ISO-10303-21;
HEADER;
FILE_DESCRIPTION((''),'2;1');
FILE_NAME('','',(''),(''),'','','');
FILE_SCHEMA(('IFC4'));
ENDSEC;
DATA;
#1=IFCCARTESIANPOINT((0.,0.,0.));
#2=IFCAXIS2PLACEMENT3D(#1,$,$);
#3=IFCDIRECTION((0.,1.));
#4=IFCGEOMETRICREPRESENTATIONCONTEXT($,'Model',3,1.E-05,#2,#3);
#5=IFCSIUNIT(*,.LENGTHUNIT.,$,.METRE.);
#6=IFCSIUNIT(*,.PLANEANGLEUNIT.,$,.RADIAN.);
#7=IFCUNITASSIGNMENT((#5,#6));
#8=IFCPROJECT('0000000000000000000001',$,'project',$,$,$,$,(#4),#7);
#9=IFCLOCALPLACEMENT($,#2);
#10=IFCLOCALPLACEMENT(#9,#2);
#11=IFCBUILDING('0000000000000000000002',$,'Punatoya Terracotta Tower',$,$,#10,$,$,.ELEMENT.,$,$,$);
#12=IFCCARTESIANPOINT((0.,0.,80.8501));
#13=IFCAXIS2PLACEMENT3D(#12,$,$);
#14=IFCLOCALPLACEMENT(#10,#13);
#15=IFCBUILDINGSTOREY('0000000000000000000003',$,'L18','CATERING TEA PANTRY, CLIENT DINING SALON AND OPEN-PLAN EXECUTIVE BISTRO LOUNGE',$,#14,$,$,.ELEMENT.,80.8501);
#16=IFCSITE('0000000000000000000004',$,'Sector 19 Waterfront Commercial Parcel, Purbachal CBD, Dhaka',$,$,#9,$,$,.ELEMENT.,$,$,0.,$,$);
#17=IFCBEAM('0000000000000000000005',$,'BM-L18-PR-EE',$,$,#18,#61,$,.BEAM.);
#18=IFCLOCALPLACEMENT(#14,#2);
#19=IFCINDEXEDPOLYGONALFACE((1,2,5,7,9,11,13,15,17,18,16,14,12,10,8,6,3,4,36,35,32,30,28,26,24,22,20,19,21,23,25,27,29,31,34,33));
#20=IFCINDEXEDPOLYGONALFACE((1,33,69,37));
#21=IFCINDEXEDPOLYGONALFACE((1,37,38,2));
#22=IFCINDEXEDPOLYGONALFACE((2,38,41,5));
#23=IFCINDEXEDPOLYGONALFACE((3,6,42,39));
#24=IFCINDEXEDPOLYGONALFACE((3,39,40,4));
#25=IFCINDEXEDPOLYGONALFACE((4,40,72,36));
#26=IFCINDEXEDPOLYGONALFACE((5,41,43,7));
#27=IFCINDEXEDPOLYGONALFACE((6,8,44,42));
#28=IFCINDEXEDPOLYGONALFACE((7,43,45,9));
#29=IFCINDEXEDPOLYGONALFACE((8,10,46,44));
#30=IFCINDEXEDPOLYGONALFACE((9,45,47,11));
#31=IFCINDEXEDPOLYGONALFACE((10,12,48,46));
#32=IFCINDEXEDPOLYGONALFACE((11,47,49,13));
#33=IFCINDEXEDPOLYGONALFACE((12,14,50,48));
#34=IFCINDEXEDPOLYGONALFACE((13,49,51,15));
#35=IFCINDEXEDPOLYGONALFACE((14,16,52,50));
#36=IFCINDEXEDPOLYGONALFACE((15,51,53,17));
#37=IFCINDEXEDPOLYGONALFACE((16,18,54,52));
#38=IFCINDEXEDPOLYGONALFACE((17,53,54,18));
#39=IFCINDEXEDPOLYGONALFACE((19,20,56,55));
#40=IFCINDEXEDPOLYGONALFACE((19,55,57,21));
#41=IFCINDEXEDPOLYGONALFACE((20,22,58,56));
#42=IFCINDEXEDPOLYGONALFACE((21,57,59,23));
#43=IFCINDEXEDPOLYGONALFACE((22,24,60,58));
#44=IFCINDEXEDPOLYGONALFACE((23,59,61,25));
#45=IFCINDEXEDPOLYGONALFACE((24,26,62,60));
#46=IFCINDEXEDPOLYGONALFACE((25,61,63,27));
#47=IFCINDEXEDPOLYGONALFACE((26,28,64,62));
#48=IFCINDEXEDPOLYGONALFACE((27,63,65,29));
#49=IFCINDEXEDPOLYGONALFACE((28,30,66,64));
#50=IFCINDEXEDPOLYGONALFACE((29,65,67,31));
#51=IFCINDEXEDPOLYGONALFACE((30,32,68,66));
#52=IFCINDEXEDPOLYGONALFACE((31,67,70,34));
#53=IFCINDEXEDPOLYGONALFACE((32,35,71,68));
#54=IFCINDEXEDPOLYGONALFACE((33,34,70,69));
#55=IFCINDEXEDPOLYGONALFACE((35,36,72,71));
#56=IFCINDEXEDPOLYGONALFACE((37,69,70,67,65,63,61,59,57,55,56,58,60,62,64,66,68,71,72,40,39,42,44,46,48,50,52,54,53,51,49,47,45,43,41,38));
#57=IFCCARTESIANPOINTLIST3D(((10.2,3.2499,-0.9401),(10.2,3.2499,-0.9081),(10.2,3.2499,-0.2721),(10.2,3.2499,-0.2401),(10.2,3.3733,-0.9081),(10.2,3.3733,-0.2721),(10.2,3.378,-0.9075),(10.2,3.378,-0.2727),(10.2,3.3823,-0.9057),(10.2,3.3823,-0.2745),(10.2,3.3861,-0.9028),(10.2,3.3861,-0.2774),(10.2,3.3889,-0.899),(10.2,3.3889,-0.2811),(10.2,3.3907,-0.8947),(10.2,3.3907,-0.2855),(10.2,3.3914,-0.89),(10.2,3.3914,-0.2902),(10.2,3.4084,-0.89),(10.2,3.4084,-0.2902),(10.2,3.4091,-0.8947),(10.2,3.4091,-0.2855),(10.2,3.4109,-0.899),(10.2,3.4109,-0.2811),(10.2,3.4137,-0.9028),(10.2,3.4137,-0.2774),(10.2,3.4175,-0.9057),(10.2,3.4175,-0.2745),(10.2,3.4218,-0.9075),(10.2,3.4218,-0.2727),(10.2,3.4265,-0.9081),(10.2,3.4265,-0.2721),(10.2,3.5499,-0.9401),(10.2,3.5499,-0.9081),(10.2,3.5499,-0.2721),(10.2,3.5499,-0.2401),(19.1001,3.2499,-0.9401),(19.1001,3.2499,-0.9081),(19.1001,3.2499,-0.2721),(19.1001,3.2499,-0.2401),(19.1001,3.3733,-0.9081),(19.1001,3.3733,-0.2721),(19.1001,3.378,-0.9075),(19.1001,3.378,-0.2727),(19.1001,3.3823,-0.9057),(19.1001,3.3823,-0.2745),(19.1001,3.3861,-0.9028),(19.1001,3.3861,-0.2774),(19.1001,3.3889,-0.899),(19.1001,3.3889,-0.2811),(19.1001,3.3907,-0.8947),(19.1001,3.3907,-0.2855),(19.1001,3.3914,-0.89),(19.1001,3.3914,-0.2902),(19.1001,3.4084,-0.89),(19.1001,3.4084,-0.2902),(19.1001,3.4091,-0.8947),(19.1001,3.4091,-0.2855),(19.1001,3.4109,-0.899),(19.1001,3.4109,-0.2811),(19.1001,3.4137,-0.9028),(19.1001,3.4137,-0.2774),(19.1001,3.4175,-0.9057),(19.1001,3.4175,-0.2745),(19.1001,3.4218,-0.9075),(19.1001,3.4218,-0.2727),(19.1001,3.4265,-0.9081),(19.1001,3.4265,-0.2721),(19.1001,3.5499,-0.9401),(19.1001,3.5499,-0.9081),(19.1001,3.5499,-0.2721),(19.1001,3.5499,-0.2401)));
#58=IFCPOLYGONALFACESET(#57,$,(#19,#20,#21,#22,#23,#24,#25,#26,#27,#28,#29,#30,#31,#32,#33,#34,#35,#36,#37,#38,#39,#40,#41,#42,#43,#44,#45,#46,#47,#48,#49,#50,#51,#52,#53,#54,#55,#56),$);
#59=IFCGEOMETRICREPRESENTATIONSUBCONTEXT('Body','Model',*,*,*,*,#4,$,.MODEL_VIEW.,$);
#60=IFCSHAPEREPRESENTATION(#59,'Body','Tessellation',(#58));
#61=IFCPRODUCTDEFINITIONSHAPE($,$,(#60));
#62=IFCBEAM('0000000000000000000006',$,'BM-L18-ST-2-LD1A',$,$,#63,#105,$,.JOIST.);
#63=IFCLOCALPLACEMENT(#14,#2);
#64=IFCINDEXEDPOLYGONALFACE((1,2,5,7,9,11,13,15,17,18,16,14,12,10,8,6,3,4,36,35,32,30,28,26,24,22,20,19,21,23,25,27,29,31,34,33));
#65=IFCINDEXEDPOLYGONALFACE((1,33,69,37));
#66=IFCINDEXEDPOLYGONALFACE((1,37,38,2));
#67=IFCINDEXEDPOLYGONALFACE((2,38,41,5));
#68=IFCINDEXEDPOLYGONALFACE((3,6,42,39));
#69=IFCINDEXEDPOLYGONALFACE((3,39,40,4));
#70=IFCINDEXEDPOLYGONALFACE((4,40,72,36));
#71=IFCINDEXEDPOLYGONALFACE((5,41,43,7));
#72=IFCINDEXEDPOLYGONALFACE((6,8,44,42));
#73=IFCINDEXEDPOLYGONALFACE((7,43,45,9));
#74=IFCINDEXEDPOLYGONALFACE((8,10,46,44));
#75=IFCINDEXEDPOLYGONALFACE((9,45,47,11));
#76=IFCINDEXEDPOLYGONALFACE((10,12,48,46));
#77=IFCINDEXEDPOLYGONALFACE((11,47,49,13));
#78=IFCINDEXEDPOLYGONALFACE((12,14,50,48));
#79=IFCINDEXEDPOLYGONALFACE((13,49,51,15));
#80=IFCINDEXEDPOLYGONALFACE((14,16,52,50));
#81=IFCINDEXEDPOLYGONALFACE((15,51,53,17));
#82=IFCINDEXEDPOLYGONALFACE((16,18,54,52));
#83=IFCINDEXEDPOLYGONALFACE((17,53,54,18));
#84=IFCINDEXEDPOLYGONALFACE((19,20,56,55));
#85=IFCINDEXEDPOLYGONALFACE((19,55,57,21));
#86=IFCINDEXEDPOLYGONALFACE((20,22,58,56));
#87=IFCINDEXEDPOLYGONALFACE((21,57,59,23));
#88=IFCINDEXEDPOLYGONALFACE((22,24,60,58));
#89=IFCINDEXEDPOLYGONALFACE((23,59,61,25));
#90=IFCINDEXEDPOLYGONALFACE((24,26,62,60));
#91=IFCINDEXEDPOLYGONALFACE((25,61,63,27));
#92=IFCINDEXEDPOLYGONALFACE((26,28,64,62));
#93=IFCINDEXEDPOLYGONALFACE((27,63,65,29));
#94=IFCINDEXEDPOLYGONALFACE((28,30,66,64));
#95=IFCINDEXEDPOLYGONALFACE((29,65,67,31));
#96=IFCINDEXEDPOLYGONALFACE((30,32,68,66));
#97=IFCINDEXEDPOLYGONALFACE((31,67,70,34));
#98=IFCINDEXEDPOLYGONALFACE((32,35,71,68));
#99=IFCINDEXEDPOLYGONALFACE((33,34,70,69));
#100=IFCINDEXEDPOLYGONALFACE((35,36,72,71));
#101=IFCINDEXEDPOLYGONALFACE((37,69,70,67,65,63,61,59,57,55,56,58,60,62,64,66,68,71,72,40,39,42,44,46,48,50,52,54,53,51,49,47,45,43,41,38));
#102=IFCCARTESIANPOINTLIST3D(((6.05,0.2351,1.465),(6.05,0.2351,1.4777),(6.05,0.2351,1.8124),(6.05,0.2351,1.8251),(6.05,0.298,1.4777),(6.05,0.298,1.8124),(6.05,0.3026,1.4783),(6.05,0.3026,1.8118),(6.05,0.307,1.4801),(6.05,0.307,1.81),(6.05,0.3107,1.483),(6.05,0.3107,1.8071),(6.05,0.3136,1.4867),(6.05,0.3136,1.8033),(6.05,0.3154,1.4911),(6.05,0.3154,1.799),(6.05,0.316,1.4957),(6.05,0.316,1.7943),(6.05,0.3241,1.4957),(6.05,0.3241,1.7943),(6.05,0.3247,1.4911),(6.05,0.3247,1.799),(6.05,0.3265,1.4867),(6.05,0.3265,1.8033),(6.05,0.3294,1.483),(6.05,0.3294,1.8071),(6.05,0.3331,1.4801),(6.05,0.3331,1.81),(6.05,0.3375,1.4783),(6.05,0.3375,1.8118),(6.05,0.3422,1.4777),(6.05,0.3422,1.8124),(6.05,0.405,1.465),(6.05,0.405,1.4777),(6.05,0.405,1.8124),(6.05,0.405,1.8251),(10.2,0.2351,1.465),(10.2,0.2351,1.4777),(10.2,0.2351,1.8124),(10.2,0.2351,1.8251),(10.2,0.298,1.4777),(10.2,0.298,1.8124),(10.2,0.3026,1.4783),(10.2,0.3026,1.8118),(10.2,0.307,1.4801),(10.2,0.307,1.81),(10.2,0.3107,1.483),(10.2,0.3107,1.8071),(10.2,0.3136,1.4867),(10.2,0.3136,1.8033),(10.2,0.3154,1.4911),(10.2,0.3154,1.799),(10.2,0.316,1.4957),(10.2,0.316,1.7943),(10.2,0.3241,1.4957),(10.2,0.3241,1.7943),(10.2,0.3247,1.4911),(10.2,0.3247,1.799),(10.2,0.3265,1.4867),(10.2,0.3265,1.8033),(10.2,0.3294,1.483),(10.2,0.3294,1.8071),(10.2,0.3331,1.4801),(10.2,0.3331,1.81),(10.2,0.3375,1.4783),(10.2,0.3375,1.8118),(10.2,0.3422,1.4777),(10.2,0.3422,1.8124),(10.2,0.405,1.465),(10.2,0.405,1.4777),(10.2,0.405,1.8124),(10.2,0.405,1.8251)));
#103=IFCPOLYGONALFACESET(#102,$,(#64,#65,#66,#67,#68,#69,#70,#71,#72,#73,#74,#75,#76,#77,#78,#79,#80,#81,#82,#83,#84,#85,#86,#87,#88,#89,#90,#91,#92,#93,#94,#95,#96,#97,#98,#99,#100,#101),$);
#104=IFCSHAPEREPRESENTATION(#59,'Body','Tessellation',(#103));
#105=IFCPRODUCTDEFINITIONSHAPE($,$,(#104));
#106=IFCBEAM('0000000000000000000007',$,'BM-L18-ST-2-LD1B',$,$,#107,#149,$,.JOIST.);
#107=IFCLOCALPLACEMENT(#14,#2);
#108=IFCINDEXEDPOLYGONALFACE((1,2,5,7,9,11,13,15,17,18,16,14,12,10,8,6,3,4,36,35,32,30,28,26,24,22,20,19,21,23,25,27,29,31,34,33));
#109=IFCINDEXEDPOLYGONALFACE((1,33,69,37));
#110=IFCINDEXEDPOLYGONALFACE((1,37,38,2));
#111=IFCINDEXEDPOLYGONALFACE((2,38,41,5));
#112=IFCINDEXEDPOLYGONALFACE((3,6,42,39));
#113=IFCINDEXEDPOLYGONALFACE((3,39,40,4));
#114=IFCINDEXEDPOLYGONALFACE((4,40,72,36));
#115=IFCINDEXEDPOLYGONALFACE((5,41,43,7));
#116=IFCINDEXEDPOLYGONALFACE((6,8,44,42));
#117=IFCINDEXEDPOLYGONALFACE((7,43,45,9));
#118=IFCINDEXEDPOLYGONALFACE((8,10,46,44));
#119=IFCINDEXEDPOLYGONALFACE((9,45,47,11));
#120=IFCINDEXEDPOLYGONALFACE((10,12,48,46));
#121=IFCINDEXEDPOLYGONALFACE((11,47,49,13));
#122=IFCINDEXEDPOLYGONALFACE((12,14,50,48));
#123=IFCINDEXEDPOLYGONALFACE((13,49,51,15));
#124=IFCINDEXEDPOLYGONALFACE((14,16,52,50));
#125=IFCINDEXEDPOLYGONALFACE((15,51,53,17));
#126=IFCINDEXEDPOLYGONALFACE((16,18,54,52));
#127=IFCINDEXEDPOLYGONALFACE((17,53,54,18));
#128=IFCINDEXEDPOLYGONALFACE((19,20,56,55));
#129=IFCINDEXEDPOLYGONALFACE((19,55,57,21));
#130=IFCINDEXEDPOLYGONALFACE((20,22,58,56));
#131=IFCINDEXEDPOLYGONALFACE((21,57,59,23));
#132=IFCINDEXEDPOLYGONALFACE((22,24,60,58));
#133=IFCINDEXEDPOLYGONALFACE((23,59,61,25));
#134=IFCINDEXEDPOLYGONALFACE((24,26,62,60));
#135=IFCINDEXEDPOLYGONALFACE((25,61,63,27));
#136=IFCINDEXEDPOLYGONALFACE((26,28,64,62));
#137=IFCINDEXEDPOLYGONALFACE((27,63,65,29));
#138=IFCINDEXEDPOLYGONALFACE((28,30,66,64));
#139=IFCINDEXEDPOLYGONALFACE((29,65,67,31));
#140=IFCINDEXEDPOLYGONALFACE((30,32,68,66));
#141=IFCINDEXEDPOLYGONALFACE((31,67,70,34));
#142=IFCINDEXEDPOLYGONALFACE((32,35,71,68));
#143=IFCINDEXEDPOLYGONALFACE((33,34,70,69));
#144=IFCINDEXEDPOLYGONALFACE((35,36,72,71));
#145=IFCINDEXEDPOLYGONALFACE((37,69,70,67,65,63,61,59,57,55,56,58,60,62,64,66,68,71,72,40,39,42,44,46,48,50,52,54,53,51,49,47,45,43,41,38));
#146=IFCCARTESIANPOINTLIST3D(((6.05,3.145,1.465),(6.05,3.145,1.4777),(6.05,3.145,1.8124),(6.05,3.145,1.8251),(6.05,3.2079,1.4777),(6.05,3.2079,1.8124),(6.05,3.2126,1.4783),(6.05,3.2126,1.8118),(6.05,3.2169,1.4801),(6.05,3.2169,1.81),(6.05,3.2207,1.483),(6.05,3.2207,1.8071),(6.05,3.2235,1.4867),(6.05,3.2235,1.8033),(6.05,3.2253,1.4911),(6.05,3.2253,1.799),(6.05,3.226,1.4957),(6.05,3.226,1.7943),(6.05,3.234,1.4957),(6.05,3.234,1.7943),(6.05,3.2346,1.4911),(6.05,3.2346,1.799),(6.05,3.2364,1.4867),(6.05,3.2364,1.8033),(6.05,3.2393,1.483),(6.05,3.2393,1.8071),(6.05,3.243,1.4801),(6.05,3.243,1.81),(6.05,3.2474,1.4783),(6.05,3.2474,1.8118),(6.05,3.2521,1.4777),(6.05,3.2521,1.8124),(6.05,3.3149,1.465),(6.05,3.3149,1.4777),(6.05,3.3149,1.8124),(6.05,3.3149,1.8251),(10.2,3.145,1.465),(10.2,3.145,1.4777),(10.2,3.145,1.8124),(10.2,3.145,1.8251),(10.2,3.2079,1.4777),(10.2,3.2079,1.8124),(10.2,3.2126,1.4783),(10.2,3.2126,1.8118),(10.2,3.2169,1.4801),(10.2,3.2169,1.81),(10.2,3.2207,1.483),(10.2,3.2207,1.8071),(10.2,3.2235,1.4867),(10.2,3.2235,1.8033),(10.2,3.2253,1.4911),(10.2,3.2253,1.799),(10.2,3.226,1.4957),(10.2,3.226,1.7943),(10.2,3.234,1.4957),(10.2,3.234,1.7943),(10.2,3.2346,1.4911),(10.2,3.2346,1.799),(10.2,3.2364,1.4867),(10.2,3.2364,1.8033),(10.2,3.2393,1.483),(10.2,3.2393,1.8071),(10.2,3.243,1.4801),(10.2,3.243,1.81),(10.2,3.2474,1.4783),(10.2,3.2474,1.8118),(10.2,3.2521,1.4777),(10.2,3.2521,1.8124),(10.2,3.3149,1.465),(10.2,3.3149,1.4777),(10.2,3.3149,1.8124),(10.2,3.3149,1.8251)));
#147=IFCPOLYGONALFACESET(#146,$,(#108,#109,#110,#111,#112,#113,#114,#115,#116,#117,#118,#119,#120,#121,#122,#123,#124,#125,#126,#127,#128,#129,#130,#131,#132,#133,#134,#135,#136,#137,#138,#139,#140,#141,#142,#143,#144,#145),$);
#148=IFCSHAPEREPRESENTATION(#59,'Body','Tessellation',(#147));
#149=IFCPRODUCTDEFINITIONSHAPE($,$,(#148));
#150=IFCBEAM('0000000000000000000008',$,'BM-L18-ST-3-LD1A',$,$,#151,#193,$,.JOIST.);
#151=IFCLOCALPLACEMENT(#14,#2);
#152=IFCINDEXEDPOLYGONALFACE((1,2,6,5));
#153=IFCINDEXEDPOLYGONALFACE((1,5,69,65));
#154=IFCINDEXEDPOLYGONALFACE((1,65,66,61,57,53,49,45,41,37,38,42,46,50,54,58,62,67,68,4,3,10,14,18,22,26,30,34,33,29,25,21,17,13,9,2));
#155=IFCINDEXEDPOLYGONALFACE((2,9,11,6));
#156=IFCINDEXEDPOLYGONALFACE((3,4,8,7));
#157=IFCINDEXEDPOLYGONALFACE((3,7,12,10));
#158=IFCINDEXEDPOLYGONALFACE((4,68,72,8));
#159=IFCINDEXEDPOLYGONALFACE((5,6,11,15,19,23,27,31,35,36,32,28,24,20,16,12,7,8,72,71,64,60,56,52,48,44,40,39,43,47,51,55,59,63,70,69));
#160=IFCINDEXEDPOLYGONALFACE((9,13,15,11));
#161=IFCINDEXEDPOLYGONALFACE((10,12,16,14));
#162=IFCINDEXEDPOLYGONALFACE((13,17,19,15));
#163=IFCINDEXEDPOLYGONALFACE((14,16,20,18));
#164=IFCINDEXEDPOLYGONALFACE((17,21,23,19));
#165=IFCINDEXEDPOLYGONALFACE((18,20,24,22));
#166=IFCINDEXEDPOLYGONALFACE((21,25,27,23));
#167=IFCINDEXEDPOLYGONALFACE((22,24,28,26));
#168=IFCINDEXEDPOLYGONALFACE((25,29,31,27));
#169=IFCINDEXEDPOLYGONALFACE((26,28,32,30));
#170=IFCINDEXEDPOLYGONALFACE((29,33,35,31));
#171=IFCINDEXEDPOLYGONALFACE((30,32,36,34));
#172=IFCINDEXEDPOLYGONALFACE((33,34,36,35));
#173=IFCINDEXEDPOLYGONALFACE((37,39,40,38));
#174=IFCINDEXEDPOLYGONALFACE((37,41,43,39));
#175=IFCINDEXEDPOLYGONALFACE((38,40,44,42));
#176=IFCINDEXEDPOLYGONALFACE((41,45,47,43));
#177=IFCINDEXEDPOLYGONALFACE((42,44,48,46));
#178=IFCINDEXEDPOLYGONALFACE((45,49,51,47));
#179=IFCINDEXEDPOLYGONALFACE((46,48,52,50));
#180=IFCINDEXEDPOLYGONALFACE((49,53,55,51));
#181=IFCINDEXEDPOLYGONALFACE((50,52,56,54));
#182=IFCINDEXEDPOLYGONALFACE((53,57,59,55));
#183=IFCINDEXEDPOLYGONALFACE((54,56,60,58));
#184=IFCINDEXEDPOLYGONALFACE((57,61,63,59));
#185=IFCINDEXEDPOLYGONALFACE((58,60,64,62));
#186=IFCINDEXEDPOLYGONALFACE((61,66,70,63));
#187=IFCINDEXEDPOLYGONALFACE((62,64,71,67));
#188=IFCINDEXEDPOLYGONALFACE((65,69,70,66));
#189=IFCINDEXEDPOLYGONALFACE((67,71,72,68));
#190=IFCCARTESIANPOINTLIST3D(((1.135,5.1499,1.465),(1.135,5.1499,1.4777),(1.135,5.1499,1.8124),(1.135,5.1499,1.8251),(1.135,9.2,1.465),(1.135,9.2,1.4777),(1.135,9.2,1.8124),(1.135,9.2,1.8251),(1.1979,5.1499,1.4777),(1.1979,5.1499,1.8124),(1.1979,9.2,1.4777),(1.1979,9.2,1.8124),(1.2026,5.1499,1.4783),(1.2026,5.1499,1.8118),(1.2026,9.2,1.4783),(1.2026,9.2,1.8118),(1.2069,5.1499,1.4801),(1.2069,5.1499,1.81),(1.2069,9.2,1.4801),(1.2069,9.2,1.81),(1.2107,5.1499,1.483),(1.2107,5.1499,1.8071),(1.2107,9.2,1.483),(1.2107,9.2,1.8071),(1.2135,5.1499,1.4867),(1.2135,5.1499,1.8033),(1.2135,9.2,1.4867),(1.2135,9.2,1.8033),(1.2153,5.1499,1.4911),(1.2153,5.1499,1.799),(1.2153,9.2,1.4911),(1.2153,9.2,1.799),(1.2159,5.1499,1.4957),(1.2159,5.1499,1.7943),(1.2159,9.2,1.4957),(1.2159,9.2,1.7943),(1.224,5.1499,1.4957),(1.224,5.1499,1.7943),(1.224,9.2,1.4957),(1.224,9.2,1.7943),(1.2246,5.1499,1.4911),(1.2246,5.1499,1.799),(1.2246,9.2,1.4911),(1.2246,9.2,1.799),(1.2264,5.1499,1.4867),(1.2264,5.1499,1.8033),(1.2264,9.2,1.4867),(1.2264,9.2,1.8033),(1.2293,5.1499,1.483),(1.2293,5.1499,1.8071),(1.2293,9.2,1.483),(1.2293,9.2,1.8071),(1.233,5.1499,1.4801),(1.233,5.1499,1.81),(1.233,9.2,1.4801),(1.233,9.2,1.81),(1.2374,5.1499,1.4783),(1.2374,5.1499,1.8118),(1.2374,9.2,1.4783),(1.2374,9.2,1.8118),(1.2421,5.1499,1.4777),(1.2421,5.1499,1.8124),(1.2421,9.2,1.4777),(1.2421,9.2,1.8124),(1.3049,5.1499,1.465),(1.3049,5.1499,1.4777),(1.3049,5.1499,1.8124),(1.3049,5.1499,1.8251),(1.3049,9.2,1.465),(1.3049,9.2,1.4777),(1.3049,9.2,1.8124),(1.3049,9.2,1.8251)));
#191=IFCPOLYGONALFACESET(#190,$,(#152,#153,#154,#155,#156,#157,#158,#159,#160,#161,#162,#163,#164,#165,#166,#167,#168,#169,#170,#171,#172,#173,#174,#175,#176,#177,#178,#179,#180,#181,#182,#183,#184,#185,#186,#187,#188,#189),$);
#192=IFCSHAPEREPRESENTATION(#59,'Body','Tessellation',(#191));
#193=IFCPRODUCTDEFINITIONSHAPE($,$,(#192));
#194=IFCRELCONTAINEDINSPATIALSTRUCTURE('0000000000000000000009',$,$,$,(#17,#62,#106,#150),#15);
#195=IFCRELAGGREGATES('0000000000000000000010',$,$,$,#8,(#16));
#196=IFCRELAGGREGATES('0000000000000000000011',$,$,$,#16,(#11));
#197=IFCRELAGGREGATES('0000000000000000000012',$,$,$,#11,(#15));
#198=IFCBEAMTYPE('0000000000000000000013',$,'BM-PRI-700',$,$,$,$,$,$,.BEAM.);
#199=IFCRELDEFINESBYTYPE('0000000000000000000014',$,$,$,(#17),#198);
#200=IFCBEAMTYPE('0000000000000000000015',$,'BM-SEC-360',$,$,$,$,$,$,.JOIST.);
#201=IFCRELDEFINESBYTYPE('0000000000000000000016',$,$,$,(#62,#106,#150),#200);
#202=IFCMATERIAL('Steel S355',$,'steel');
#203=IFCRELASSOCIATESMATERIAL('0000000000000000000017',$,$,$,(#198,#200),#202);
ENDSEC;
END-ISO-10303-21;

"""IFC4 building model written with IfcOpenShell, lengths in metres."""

from ifc_helpers import new_model, si_unit, direction, frame, origin, origin_2d, place, context, subcontext, project, spatial, i_section, extrude, material, material_profile, profile_set, type_object, element, save


model = new_model("IFC4")

# Units and contexts
model_context = context("Model", 3, precision=1e-05, world=origin(), true_north=direction((0.0, 1.0)))
body_context = subcontext(model_context, "Body", "Model", "MODEL_VIEW")
ifc_project = project(units=[si_unit("LENGTHUNIT", "METRE"), si_unit("PLANEANGLEUNIT", "RADIAN")], contexts=[model_context])

# Site, building, storey
site_placement = place(None, origin())
site = spatial("IfcSite", under=ifc_project, at=site_placement, Name="Sector 19 Waterfront Commercial Parcel, Purbachal CBD, Dhaka", CompositionType="ELEMENT", RefElevation=0.0)
building_placement = place(site_placement, origin())
building = spatial("IfcBuilding", under=site, at=building_placement, Name="Punatoya Terracotta Tower", CompositionType="ELEMENT")
storey_placement = place(building_placement, frame((0.0, 0.0, 80.8501)))
storey = spatial("IfcBuildingStorey", under=building, at=storey_placement, Name="L18", Description="CATERING TEA PANTRY, CLIENT DINING SALON AND OPEN-PLAN EXECUTIVE BISTRO LOUNGE", CompositionType="ELEMENT", Elevation=80.8501)

# Beams
ifc_material_1 = material(Name="Steel S355", Category="steel")
ifc_material_profile_1 = material_profile(ifc_material_1, i_section(OverallWidth=0.3, OverallDepth=0.7, WebThickness=0.0171, FlangeThickness=0.032, FilletRadius=0.0181, at=origin_2d()))
ifc_profile_set_1 = profile_set([ifc_material_profile_1], Name="Steel S355")
beam_type_1 = type_object("IfcBeamType", Name="BM-PRI-700", PredefinedType="BEAM", material=ifc_profile_set_1)
beam_placement = place(storey_placement, frame((10.2, 3.3999, -0.5901), z_axis=(1.0, 0.0, 0.0), x_axis=(0.0, 1.0, 0.0)))
element("IfcBeam", 1, at=beam_placement, inside=storey, type_object=beam_type_1, Name="BM-L18-PR-EE", PredefinedType="BEAM", context=body_context, shape_type="SweptSolid", body=[
    extrude(i_section(OverallWidth=0.3, OverallDepth=0.7, WebThickness=0.0171, FlangeThickness=0.032, FilletRadius=0.0181, at=origin_2d()), origin(), (0.0, 0.0, 1.0), 8.9001),
])
ifc_material_profile_2 = material_profile(ifc_material_1, i_section(OverallWidth=0.1699, OverallDepth=0.3601, WebThickness=0.0081, FlangeThickness=0.0127, FilletRadius=0.0181, at=origin_2d()))
ifc_profile_set_2 = profile_set([ifc_material_profile_2], Name="Steel S355")
beam_type_2 = type_object("IfcBeamType", Name="BM-SEC-360", PredefinedType="JOIST", material=ifc_profile_set_2)
for number, where, z_axis, x_axis, name in (
    (2, (6.05, 0.3201, 1.645), (1.0, 0.0, 0.0), (0.0, 1.0, 0.0), "BM-L18-ST-2-LD1A"),
    (3, (6.05, 3.23, 1.645), (1.0, 0.0, 0.0), (0.0, 1.0, 0.0), "BM-L18-ST-2-LD1B"),
):
    element("IfcBeam", number, at=place(storey_placement, frame(where, z_axis=z_axis, x_axis=x_axis)), inside=storey, type_object=beam_type_2, Name=name, PredefinedType="JOIST", context=body_context, shape_type="SweptSolid", body=[
        extrude(i_section(OverallWidth=0.1699, OverallDepth=0.3601, WebThickness=0.0081, FlangeThickness=0.0127, FilletRadius=0.0181, at=origin_2d()), origin(), (0.0, 0.0, 1.0), 4.1499),
    ])
for number, where, z_axis, x_axis, name in (
    (4, (1.22, 5.1499, 1.645), (0.0, 1.0, 0.0), (-1.0, 0.0, 0.0), "BM-L18-ST-3-LD1A"),
):
    element("IfcBeam", number, at=place(storey_placement, frame(where, z_axis=z_axis, x_axis=x_axis)), inside=storey, type_object=beam_type_2, Name=name, PredefinedType="JOIST", context=body_context, shape_type="SweptSolid", body=[
        extrude(i_section(OverallWidth=0.1699, OverallDepth=0.3601, WebThickness=0.0081, FlangeThickness=0.0127, FilletRadius=0.0181, at=origin_2d()), origin(), (0.0, 0.0, 1.0), 4.05),
    ])

save(model, "model.ifc")
